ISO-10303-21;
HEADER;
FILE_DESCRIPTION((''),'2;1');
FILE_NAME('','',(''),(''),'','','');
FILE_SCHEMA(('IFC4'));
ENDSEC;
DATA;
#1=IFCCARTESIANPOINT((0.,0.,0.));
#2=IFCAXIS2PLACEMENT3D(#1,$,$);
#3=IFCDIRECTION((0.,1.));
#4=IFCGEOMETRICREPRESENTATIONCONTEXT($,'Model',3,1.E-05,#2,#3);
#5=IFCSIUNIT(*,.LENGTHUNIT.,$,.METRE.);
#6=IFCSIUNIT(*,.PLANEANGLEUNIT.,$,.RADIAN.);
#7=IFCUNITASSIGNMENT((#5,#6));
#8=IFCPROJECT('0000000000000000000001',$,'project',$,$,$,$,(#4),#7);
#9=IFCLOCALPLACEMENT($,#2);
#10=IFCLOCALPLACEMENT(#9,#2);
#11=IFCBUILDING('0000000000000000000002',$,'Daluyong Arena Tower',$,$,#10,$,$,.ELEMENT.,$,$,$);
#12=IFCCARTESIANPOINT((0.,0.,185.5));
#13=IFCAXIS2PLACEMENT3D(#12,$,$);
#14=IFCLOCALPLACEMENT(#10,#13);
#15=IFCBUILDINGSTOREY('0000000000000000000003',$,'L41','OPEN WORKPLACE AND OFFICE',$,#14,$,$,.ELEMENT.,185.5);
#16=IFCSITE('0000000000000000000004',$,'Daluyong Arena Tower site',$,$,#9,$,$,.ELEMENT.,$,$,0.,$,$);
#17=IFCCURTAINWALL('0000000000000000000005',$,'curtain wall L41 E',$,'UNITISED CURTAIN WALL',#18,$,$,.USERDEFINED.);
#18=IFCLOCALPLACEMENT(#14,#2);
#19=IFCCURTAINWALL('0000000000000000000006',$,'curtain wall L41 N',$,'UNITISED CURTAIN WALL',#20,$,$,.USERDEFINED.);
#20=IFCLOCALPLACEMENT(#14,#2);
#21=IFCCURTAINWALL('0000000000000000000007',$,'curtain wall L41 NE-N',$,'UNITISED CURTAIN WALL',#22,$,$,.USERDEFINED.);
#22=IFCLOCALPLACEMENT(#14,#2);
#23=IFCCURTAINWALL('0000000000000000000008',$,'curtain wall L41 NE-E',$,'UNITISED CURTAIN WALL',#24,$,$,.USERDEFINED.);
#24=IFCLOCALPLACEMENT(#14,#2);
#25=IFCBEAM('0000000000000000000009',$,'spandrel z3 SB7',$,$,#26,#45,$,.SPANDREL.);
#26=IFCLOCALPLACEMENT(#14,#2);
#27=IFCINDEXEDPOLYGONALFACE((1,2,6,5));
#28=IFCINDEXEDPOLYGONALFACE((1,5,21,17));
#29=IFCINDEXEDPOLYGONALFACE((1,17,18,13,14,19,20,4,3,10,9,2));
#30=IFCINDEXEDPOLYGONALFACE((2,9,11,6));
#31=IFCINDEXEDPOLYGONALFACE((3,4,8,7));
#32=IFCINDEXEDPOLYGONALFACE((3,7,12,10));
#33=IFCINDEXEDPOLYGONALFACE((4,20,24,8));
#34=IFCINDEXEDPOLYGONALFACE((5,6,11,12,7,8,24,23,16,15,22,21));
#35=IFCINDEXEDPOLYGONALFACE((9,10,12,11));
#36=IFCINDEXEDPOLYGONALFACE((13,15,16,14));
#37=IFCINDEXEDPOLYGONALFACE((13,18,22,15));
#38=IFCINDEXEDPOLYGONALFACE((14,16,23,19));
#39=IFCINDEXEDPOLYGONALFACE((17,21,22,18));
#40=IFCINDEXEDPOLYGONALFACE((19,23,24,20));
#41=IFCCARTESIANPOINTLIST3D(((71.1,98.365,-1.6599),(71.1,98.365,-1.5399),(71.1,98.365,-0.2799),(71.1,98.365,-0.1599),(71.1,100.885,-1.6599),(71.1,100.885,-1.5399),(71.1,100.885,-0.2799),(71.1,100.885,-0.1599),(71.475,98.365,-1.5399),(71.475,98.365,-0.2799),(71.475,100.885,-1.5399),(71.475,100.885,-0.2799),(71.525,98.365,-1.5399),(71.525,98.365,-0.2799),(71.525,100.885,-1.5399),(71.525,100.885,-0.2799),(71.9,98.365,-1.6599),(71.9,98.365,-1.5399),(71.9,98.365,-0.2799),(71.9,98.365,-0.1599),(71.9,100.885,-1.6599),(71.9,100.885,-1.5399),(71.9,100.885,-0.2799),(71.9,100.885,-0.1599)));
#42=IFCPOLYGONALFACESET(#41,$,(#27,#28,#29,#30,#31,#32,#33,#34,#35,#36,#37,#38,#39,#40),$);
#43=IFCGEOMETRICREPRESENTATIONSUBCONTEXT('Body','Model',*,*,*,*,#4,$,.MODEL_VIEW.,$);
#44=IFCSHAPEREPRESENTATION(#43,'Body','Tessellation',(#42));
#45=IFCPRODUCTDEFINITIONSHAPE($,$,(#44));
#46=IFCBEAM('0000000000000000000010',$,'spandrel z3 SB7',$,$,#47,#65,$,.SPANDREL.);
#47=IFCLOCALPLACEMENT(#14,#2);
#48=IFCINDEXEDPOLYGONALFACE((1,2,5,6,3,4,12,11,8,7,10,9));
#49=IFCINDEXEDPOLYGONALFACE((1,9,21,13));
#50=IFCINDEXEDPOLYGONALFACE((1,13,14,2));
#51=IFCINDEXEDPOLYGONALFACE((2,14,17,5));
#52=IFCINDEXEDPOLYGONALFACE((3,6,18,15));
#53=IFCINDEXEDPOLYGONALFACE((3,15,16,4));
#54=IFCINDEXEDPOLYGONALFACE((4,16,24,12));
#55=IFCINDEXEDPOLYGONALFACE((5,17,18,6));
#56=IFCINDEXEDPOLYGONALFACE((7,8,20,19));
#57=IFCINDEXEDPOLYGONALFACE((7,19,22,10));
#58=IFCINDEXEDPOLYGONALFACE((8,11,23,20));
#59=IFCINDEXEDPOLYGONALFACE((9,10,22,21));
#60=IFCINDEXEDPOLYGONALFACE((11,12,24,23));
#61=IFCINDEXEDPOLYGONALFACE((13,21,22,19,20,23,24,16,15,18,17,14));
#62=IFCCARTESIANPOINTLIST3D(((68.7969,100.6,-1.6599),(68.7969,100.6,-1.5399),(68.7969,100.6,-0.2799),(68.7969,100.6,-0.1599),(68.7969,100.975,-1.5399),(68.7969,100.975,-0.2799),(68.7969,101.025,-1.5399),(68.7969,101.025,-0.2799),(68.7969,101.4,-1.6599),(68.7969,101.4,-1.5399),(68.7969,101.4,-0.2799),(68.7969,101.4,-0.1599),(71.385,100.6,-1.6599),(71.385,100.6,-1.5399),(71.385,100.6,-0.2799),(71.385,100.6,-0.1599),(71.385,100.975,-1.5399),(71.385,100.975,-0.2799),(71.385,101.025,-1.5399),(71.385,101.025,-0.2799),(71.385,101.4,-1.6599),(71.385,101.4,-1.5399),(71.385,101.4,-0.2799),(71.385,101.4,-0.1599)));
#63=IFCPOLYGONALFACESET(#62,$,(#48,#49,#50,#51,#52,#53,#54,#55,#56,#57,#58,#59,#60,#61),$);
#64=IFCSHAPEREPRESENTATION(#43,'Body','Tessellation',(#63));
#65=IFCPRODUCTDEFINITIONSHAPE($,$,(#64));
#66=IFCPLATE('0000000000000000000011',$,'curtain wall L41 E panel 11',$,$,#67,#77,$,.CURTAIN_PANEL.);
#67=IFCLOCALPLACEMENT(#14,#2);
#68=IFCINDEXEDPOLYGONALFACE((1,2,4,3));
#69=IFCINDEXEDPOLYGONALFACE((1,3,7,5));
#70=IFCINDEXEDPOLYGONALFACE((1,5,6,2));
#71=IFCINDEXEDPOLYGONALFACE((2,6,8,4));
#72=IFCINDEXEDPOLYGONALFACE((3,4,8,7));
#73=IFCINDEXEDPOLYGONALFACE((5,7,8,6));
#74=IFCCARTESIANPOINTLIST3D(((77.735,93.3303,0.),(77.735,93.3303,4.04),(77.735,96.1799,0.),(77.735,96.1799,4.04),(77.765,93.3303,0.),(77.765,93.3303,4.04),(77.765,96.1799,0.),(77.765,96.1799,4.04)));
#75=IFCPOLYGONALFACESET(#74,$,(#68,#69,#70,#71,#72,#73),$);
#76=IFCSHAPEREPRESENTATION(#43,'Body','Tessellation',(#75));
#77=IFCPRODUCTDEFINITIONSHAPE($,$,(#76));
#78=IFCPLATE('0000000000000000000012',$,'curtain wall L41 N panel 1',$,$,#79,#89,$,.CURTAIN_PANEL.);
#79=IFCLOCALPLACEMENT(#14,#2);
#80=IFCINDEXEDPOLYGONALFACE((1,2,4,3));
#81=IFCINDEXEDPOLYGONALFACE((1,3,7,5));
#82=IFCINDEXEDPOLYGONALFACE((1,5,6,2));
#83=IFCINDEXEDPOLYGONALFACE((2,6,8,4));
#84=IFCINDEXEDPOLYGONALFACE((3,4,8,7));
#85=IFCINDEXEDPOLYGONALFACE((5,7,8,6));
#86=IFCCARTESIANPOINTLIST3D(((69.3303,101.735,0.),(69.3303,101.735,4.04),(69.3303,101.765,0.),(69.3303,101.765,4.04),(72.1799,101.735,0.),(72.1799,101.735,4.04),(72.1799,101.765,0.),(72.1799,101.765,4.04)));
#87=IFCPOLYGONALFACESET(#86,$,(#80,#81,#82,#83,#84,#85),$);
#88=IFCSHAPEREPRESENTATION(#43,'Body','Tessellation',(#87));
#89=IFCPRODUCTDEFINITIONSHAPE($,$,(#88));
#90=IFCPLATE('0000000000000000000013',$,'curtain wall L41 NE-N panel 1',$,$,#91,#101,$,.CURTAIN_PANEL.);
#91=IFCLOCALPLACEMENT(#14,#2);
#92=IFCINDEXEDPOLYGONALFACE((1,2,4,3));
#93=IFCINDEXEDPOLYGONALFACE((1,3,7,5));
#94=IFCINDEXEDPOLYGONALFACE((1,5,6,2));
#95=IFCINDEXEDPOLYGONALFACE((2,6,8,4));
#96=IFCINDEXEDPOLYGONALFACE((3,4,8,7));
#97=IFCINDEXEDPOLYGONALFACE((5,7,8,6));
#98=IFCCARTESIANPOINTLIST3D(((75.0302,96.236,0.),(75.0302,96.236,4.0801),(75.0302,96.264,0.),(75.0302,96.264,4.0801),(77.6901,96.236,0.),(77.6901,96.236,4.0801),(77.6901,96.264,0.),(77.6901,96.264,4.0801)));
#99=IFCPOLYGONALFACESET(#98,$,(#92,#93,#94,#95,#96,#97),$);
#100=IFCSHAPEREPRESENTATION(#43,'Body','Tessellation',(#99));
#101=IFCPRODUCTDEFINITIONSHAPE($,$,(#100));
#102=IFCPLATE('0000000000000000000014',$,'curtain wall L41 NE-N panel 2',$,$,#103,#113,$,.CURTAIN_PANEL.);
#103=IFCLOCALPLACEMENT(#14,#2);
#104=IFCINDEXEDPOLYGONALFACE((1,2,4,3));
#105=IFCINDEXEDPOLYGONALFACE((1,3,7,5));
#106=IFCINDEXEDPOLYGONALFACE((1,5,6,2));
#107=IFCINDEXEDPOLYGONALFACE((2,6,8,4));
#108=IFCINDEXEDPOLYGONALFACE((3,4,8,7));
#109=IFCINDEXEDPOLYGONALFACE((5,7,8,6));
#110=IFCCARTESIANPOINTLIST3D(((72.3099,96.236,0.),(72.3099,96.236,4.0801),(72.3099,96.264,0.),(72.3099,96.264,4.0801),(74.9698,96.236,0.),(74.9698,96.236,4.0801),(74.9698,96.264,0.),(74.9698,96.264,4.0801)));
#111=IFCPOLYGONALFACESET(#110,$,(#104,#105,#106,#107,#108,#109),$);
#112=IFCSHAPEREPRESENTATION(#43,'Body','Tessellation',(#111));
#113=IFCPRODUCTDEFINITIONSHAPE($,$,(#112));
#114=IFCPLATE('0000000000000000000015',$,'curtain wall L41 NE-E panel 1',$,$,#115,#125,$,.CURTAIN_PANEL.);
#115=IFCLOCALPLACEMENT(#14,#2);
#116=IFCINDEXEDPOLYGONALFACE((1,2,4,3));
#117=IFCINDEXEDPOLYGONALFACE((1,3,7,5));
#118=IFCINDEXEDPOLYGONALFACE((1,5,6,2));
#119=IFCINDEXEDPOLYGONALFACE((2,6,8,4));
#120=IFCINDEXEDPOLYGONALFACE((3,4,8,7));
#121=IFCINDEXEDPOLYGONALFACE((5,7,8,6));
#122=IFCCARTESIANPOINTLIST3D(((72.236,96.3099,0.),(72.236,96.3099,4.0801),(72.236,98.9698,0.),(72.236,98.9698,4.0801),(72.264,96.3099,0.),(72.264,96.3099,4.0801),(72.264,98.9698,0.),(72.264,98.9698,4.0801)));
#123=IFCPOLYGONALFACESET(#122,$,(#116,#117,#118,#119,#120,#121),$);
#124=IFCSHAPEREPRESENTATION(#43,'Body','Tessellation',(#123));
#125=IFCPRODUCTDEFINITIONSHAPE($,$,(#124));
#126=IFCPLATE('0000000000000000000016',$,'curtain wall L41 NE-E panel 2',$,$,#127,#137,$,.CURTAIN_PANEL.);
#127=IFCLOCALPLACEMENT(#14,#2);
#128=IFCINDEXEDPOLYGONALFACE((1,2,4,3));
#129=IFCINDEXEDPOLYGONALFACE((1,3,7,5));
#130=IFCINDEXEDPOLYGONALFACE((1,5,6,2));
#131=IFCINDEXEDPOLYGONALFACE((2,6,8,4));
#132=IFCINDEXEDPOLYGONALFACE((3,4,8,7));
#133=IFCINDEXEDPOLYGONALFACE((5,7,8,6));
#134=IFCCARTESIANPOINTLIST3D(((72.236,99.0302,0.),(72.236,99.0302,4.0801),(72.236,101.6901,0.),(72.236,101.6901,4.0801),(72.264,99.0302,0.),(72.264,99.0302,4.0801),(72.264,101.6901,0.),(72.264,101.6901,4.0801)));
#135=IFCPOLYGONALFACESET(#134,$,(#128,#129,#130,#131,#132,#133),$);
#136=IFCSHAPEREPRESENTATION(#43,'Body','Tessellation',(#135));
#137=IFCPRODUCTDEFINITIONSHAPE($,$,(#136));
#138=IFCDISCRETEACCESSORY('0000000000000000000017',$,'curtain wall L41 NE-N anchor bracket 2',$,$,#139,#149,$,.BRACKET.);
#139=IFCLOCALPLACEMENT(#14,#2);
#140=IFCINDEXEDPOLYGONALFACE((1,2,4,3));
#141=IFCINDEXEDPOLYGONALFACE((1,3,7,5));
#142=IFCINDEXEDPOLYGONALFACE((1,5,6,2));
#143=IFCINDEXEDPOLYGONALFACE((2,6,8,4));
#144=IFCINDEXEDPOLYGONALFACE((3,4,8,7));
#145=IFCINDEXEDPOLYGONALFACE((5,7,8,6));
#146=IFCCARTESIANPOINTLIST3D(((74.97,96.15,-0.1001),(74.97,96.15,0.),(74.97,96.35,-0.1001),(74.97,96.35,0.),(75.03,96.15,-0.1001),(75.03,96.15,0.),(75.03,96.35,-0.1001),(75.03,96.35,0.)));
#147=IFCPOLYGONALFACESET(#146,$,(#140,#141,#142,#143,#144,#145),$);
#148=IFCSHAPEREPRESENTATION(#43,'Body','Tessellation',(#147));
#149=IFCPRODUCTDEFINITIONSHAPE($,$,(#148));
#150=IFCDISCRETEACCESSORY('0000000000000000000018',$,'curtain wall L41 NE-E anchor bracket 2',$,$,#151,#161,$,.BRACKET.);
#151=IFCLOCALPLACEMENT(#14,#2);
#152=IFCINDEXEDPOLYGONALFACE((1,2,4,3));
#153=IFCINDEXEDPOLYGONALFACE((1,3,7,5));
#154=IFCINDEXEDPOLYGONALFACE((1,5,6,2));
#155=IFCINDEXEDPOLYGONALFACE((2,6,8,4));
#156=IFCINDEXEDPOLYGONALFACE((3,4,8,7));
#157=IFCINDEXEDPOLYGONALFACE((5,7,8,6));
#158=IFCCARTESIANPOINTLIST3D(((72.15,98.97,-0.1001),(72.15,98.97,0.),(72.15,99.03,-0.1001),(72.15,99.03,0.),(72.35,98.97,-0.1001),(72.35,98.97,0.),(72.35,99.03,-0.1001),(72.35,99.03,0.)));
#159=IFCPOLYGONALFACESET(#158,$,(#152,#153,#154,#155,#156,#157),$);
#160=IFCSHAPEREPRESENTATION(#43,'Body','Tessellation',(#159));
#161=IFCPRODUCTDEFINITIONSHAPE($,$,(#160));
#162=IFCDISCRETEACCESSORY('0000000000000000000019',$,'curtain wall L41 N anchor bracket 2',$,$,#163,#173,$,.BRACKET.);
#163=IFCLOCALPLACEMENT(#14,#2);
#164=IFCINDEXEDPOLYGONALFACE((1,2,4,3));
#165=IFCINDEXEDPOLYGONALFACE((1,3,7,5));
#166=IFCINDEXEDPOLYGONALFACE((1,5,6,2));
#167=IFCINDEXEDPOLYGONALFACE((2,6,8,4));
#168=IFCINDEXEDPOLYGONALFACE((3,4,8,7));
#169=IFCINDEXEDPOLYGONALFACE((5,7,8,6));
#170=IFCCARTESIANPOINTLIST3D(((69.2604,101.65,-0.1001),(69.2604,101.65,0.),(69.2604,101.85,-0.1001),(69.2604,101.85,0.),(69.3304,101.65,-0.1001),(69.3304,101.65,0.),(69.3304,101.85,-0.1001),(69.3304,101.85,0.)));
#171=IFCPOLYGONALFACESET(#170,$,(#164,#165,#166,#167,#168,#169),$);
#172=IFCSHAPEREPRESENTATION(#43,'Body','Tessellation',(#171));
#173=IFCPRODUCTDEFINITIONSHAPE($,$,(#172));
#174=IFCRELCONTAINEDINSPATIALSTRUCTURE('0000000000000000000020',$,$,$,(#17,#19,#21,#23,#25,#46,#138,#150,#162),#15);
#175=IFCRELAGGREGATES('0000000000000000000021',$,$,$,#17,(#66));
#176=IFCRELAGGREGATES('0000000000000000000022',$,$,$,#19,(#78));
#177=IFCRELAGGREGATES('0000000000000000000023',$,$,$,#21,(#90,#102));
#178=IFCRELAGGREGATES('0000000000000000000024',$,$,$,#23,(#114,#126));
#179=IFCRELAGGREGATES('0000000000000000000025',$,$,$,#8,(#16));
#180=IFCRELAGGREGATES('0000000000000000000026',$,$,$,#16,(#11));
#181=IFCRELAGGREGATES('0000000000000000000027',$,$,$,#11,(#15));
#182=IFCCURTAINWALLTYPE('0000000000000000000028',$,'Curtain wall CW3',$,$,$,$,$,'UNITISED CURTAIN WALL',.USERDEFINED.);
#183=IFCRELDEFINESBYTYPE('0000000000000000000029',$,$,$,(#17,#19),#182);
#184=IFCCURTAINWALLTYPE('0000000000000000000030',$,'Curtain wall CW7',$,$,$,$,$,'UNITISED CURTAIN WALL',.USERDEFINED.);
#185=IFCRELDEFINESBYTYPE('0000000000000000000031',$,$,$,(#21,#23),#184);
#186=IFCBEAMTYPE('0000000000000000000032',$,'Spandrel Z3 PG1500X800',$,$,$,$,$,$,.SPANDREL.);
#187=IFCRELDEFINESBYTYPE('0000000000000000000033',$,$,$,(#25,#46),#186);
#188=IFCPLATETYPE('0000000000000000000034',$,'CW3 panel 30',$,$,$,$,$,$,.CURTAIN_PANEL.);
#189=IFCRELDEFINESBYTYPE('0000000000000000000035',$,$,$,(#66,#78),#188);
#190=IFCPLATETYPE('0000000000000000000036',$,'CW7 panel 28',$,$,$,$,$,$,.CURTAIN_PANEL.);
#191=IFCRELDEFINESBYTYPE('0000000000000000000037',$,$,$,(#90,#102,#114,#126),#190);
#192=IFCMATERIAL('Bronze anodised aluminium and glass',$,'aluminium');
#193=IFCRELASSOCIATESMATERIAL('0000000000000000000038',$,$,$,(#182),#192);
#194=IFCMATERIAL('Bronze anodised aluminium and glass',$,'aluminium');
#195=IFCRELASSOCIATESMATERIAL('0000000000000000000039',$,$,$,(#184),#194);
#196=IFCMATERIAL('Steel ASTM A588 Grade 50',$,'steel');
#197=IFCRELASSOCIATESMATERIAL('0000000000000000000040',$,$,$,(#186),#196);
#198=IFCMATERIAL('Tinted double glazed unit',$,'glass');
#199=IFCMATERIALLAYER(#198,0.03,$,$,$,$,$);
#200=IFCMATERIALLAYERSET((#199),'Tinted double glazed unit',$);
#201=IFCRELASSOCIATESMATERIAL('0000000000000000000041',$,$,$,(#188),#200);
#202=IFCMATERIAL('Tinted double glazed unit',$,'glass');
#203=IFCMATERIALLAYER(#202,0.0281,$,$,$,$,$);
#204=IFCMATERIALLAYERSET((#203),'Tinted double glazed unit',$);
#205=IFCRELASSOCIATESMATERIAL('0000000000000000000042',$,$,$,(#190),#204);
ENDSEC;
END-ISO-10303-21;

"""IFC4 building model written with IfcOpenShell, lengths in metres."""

from ifc_helpers import new_model, si_unit, direction, frame, origin, origin_2d, place, context, subcontext, project, spatial, rectangle, i_section, extrude, material, layer, layer_set, material_profile, profile_set, type_object, element, aggregate, save


model = new_model("IFC4")

# Units and contexts
model_context = context("Model", 3, precision=1e-05, world=origin(), true_north=direction((0.0, 1.0)))
body_context = subcontext(model_context, "Body", "Model", "MODEL_VIEW")
ifc_project = project(units=[si_unit("LENGTHUNIT", "METRE"), si_unit("PLANEANGLEUNIT", "RADIAN")], contexts=[model_context])

# Site, building, storey
site_placement = place(None, origin())
site = spatial("IfcSite", under=ifc_project, at=site_placement, Name="Daluyong Arena Tower site", CompositionType="ELEMENT", RefElevation=0.0)
building_placement = place(site_placement, origin())
building = spatial("IfcBuilding", under=site, at=building_placement, Name="Daluyong Arena Tower", CompositionType="ELEMENT")
storey_placement = place(building_placement, frame((0.0, 0.0, 185.5)))
storey = spatial("IfcBuildingStorey", under=building, at=storey_placement, Name="L41", Description="OPEN WORKPLACE AND OFFICE", CompositionType="ELEMENT", Elevation=185.5)

# Curtain walls
ifc_material_1 = material(Name="Bronze anodised aluminium and glass", Category="aluminium")
curtain_wall_type_1 = type_object("IfcCurtainWallType", Name="Curtain wall CW3", ElementType="UNITISED CURTAIN WALL", PredefinedType="USERDEFINED", material=ifc_material_1)
curtain_wall_1_placement = place(storey_placement, origin())
curtain_wall_1 = element("IfcCurtainWall", 1, at=curtain_wall_1_placement, inside=storey, type_object=curtain_wall_type_1, Name="curtain wall L41 E", ObjectType="UNITISED CURTAIN WALL", PredefinedType="USERDEFINED")
curtain_wall_2_placement = place(storey_placement, origin())
curtain_wall_2 = element("IfcCurtainWall", 2, at=curtain_wall_2_placement, inside=storey, type_object=curtain_wall_type_1, Name="curtain wall L41 N", ObjectType="UNITISED CURTAIN WALL", PredefinedType="USERDEFINED")

# Curtain walls
ifc_material_2 = material(Name="Bronze anodised aluminium and glass", Category="aluminium")
curtain_wall_type_2 = type_object("IfcCurtainWallType", Name="Curtain wall CW7", ElementType="UNITISED CURTAIN WALL", PredefinedType="USERDEFINED", material=ifc_material_2)
curtain_wall_3_placement = place(storey_placement, origin())
curtain_wall_3 = element("IfcCurtainWall", 3, at=curtain_wall_3_placement, inside=storey, type_object=curtain_wall_type_2, Name="curtain wall L41 NE-N", ObjectType="UNITISED CURTAIN WALL", PredefinedType="USERDEFINED")
curtain_wall_4_placement = place(storey_placement, origin())
curtain_wall_4 = element("IfcCurtainWall", 4, at=curtain_wall_4_placement, inside=storey, type_object=curtain_wall_type_2, Name="curtain wall L41 NE-E", ObjectType="UNITISED CURTAIN WALL", PredefinedType="USERDEFINED")

# Beams
ifc_material_3 = material(Name="Steel ASTM A588 Grade 50", Category="steel")
ifc_material_profile_1 = material_profile(ifc_material_3, i_section(OverallWidth=0.8, OverallDepth=1.5, WebThickness=0.05, FlangeThickness=0.12, at=origin_2d()))
ifc_profile_set_1 = profile_set([ifc_material_profile_1], Name="Steel ASTM A588 Grade 50")
beam_type_1 = type_object("IfcBeamType", Name="Spandrel Z3 PG1500X800", PredefinedType="SPANDREL", material=ifc_profile_set_1)
for number, where, z_axis, x_axis, name in (
    (5, (71.5, 98.365, -0.9099), (0.0, 1.0, 0.0), (-1.0, 0.0, 0.0), "spandrel z3 SB7"),
):
    element("IfcBeam", number, at=place(storey_placement, frame(where, z_axis=z_axis, x_axis=x_axis)), inside=storey, type_object=beam_type_1, Name=name, PredefinedType="SPANDREL", context=body_context, shape_type="SweptSolid", body=[
        extrude(i_section(OverallWidth=0.8, OverallDepth=1.5, WebThickness=0.05, FlangeThickness=0.12, at=origin_2d()), origin(), (0.0, 0.0, 1.0), 2.52),
    ])
beam_1_placement = place(storey_placement, frame((71.385, 101.0, -0.9099), z_axis=(-1.0, 0.0, 0.0), x_axis=(0.0, -1.0, 0.0)))
element("IfcBeam", 6, at=beam_1_placement, inside=storey, type_object=beam_type_1, Name="spandrel z3 SB7", PredefinedType="SPANDREL", context=body_context, shape_type="SweptSolid", body=[
    extrude(i_section(OverallWidth=0.8, OverallDepth=1.5, WebThickness=0.05, FlangeThickness=0.12, at=origin_2d()), origin(), (0.0, 0.0, 1.0), 2.5881),
])

# Plates
ifc_material_4 = material(Name="Tinted double glazed unit", Category="glass")
ifc_layer_1 = layer(ifc_material_4, 0.03)
ifc_layer_set_1 = layer_set([ifc_layer_1], Name="Tinted double glazed unit")
plate_type_1 = type_object("IfcPlateType", Name="CW3 panel 30", PredefinedType="CURTAIN_PANEL", material=ifc_layer_set_1)
plate_1_placement = place(storey_placement, frame((77.75, 94.7551, 0.0), z_axis=(0.0, 0.0, 1.0), x_axis=(0.0, 1.0, 0.0)))
plate_1 = element("IfcPlate", 7, at=plate_1_placement, type_object=plate_type_1, Name="curtain wall L41 E panel 11", PredefinedType="CURTAIN_PANEL", context=body_context, shape_type="SweptSolid", body=[
    extrude(rectangle(XDim=2.8496, YDim=0.03, at=origin_2d()), origin(), (0.0, 0.0, 1.0), 4.04),
])
aggregate(curtain_wall_1, [plate_1])
plate_2_placement = place(storey_placement, frame((70.7551, 101.75, 0.0), z_axis=(0.0, 0.0, 1.0), x_axis=(-1.0, 0.0, 0.0)))
plate_2 = element("IfcPlate", 8, at=plate_2_placement, type_object=plate_type_1, Name="curtain wall L41 N panel 1", PredefinedType="CURTAIN_PANEL", context=body_context, shape_type="SweptSolid", body=[
    extrude(rectangle(XDim=2.8496, YDim=0.03, at=origin_2d()), origin(), (0.0, 0.0, 1.0), 4.04),
])
aggregate(curtain_wall_2, [plate_2])
ifc_material_5 = material(Name="Tinted double glazed unit", Category="glass")
ifc_layer_2 = layer(ifc_material_5, 0.0281)
ifc_layer_set_2 = layer_set([ifc_layer_2], Name="Tinted double glazed unit")
plate_type_2 = type_object("IfcPlateType", Name="CW7 panel 28", PredefinedType="CURTAIN_PANEL", material=ifc_layer_set_2)
plate_3_placement = place(storey_placement, frame((76.3601, 96.25, 0.0), z_axis=(0.0, 0.0, 1.0), x_axis=(-1.0, 0.0, 0.0)))
plate_3 = element("IfcPlate", 9, at=plate_3_placement, type_object=plate_type_2, Name="curtain wall L41 NE-N panel 1", PredefinedType="CURTAIN_PANEL", context=body_context, shape_type="SweptSolid", body=[
    extrude(rectangle(XDim=2.6599, YDim=0.0281, at=origin_2d()), origin(), (0.0, 0.0, 1.0), 4.0801),
])
plate_4_placement = place(storey_placement, frame((73.6399, 96.25, 0.0), z_axis=(0.0, 0.0, 1.0), x_axis=(-1.0, 0.0, 0.0)))
plate_4 = element("IfcPlate", 10, at=plate_4_placement, type_object=plate_type_2, Name="curtain wall L41 NE-N panel 2", PredefinedType="CURTAIN_PANEL", context=body_context, shape_type="SweptSolid", body=[
    extrude(rectangle(XDim=2.6599, YDim=0.0281, at=origin_2d()), origin(), (0.0, 0.0, 1.0), 4.0801),
])
aggregate(curtain_wall_3, [plate_3, plate_4])
plate_5_placement = place(storey_placement, frame((72.25, 97.6399, 0.0), z_axis=(0.0, 0.0, 1.0), x_axis=(0.0, 1.0, 0.0)))
plate_5 = element("IfcPlate", 11, at=plate_5_placement, type_object=plate_type_2, Name="curtain wall L41 NE-E panel 1", PredefinedType="CURTAIN_PANEL", context=body_context, shape_type="SweptSolid", body=[
    extrude(rectangle(XDim=2.6599, YDim=0.0281, at=origin_2d()), origin(), (0.0, 0.0, 1.0), 4.0801),
])
plate_6_placement = place(storey_placement, frame((72.25, 100.3601, 0.0), z_axis=(0.0, 0.0, 1.0), x_axis=(0.0, 1.0, 0.0)))
plate_6 = element("IfcPlate", 12, at=plate_6_placement, type_object=plate_type_2, Name="curtain wall L41 NE-E panel 2", PredefinedType="CURTAIN_PANEL", context=body_context, shape_type="SweptSolid", body=[
    extrude(rectangle(XDim=2.6599, YDim=0.0281, at=origin_2d()), origin(), (0.0, 0.0, 1.0), 4.0801),
])
aggregate(curtain_wall_4, [plate_5, plate_6])

# Discrete accessories
for number, where, z_axis, x_axis, name in (
    (13, (75.0, 96.25, -0.1001), (0.0, 0.0, 1.0), (-1.0, 0.0, 0.0), "curtain wall L41 NE-N anchor bracket 2"),
    (14, (72.25, 99.0, -0.1001), (0.0, 0.0, 1.0), (0.0, 1.0, 0.0), "curtain wall L41 NE-E anchor bracket 2"),
):
    element("IfcDiscreteAccessory", number, at=place(storey_placement, frame(where, z_axis=z_axis, x_axis=x_axis)), inside=storey, Name=name, PredefinedType="BRACKET", context=body_context, shape_type="SweptSolid", body=[
        extrude(rectangle(XDim=0.0601, YDim=0.2, at=origin_2d()), origin(), (0.0, 0.0, 1.0), 0.1001),
    ])
discrete_accessory_placement = place(storey_placement, frame((69.2954, 101.75, -0.1001), z_axis=(0.0, 0.0, 1.0), x_axis=(-1.0, 0.0, 0.0)))
element("IfcDiscreteAccessory", 15, at=discrete_accessory_placement, inside=storey, Name="curtain wall L41 N anchor bracket 2", PredefinedType="BRACKET", context=body_context, shape_type="SweptSolid", body=[
    extrude(rectangle(XDim=0.0701, YDim=0.2, at=origin_2d()), origin(), (0.0, 0.0, 1.0), 0.1001),
])

save(model, "model.ifc")
